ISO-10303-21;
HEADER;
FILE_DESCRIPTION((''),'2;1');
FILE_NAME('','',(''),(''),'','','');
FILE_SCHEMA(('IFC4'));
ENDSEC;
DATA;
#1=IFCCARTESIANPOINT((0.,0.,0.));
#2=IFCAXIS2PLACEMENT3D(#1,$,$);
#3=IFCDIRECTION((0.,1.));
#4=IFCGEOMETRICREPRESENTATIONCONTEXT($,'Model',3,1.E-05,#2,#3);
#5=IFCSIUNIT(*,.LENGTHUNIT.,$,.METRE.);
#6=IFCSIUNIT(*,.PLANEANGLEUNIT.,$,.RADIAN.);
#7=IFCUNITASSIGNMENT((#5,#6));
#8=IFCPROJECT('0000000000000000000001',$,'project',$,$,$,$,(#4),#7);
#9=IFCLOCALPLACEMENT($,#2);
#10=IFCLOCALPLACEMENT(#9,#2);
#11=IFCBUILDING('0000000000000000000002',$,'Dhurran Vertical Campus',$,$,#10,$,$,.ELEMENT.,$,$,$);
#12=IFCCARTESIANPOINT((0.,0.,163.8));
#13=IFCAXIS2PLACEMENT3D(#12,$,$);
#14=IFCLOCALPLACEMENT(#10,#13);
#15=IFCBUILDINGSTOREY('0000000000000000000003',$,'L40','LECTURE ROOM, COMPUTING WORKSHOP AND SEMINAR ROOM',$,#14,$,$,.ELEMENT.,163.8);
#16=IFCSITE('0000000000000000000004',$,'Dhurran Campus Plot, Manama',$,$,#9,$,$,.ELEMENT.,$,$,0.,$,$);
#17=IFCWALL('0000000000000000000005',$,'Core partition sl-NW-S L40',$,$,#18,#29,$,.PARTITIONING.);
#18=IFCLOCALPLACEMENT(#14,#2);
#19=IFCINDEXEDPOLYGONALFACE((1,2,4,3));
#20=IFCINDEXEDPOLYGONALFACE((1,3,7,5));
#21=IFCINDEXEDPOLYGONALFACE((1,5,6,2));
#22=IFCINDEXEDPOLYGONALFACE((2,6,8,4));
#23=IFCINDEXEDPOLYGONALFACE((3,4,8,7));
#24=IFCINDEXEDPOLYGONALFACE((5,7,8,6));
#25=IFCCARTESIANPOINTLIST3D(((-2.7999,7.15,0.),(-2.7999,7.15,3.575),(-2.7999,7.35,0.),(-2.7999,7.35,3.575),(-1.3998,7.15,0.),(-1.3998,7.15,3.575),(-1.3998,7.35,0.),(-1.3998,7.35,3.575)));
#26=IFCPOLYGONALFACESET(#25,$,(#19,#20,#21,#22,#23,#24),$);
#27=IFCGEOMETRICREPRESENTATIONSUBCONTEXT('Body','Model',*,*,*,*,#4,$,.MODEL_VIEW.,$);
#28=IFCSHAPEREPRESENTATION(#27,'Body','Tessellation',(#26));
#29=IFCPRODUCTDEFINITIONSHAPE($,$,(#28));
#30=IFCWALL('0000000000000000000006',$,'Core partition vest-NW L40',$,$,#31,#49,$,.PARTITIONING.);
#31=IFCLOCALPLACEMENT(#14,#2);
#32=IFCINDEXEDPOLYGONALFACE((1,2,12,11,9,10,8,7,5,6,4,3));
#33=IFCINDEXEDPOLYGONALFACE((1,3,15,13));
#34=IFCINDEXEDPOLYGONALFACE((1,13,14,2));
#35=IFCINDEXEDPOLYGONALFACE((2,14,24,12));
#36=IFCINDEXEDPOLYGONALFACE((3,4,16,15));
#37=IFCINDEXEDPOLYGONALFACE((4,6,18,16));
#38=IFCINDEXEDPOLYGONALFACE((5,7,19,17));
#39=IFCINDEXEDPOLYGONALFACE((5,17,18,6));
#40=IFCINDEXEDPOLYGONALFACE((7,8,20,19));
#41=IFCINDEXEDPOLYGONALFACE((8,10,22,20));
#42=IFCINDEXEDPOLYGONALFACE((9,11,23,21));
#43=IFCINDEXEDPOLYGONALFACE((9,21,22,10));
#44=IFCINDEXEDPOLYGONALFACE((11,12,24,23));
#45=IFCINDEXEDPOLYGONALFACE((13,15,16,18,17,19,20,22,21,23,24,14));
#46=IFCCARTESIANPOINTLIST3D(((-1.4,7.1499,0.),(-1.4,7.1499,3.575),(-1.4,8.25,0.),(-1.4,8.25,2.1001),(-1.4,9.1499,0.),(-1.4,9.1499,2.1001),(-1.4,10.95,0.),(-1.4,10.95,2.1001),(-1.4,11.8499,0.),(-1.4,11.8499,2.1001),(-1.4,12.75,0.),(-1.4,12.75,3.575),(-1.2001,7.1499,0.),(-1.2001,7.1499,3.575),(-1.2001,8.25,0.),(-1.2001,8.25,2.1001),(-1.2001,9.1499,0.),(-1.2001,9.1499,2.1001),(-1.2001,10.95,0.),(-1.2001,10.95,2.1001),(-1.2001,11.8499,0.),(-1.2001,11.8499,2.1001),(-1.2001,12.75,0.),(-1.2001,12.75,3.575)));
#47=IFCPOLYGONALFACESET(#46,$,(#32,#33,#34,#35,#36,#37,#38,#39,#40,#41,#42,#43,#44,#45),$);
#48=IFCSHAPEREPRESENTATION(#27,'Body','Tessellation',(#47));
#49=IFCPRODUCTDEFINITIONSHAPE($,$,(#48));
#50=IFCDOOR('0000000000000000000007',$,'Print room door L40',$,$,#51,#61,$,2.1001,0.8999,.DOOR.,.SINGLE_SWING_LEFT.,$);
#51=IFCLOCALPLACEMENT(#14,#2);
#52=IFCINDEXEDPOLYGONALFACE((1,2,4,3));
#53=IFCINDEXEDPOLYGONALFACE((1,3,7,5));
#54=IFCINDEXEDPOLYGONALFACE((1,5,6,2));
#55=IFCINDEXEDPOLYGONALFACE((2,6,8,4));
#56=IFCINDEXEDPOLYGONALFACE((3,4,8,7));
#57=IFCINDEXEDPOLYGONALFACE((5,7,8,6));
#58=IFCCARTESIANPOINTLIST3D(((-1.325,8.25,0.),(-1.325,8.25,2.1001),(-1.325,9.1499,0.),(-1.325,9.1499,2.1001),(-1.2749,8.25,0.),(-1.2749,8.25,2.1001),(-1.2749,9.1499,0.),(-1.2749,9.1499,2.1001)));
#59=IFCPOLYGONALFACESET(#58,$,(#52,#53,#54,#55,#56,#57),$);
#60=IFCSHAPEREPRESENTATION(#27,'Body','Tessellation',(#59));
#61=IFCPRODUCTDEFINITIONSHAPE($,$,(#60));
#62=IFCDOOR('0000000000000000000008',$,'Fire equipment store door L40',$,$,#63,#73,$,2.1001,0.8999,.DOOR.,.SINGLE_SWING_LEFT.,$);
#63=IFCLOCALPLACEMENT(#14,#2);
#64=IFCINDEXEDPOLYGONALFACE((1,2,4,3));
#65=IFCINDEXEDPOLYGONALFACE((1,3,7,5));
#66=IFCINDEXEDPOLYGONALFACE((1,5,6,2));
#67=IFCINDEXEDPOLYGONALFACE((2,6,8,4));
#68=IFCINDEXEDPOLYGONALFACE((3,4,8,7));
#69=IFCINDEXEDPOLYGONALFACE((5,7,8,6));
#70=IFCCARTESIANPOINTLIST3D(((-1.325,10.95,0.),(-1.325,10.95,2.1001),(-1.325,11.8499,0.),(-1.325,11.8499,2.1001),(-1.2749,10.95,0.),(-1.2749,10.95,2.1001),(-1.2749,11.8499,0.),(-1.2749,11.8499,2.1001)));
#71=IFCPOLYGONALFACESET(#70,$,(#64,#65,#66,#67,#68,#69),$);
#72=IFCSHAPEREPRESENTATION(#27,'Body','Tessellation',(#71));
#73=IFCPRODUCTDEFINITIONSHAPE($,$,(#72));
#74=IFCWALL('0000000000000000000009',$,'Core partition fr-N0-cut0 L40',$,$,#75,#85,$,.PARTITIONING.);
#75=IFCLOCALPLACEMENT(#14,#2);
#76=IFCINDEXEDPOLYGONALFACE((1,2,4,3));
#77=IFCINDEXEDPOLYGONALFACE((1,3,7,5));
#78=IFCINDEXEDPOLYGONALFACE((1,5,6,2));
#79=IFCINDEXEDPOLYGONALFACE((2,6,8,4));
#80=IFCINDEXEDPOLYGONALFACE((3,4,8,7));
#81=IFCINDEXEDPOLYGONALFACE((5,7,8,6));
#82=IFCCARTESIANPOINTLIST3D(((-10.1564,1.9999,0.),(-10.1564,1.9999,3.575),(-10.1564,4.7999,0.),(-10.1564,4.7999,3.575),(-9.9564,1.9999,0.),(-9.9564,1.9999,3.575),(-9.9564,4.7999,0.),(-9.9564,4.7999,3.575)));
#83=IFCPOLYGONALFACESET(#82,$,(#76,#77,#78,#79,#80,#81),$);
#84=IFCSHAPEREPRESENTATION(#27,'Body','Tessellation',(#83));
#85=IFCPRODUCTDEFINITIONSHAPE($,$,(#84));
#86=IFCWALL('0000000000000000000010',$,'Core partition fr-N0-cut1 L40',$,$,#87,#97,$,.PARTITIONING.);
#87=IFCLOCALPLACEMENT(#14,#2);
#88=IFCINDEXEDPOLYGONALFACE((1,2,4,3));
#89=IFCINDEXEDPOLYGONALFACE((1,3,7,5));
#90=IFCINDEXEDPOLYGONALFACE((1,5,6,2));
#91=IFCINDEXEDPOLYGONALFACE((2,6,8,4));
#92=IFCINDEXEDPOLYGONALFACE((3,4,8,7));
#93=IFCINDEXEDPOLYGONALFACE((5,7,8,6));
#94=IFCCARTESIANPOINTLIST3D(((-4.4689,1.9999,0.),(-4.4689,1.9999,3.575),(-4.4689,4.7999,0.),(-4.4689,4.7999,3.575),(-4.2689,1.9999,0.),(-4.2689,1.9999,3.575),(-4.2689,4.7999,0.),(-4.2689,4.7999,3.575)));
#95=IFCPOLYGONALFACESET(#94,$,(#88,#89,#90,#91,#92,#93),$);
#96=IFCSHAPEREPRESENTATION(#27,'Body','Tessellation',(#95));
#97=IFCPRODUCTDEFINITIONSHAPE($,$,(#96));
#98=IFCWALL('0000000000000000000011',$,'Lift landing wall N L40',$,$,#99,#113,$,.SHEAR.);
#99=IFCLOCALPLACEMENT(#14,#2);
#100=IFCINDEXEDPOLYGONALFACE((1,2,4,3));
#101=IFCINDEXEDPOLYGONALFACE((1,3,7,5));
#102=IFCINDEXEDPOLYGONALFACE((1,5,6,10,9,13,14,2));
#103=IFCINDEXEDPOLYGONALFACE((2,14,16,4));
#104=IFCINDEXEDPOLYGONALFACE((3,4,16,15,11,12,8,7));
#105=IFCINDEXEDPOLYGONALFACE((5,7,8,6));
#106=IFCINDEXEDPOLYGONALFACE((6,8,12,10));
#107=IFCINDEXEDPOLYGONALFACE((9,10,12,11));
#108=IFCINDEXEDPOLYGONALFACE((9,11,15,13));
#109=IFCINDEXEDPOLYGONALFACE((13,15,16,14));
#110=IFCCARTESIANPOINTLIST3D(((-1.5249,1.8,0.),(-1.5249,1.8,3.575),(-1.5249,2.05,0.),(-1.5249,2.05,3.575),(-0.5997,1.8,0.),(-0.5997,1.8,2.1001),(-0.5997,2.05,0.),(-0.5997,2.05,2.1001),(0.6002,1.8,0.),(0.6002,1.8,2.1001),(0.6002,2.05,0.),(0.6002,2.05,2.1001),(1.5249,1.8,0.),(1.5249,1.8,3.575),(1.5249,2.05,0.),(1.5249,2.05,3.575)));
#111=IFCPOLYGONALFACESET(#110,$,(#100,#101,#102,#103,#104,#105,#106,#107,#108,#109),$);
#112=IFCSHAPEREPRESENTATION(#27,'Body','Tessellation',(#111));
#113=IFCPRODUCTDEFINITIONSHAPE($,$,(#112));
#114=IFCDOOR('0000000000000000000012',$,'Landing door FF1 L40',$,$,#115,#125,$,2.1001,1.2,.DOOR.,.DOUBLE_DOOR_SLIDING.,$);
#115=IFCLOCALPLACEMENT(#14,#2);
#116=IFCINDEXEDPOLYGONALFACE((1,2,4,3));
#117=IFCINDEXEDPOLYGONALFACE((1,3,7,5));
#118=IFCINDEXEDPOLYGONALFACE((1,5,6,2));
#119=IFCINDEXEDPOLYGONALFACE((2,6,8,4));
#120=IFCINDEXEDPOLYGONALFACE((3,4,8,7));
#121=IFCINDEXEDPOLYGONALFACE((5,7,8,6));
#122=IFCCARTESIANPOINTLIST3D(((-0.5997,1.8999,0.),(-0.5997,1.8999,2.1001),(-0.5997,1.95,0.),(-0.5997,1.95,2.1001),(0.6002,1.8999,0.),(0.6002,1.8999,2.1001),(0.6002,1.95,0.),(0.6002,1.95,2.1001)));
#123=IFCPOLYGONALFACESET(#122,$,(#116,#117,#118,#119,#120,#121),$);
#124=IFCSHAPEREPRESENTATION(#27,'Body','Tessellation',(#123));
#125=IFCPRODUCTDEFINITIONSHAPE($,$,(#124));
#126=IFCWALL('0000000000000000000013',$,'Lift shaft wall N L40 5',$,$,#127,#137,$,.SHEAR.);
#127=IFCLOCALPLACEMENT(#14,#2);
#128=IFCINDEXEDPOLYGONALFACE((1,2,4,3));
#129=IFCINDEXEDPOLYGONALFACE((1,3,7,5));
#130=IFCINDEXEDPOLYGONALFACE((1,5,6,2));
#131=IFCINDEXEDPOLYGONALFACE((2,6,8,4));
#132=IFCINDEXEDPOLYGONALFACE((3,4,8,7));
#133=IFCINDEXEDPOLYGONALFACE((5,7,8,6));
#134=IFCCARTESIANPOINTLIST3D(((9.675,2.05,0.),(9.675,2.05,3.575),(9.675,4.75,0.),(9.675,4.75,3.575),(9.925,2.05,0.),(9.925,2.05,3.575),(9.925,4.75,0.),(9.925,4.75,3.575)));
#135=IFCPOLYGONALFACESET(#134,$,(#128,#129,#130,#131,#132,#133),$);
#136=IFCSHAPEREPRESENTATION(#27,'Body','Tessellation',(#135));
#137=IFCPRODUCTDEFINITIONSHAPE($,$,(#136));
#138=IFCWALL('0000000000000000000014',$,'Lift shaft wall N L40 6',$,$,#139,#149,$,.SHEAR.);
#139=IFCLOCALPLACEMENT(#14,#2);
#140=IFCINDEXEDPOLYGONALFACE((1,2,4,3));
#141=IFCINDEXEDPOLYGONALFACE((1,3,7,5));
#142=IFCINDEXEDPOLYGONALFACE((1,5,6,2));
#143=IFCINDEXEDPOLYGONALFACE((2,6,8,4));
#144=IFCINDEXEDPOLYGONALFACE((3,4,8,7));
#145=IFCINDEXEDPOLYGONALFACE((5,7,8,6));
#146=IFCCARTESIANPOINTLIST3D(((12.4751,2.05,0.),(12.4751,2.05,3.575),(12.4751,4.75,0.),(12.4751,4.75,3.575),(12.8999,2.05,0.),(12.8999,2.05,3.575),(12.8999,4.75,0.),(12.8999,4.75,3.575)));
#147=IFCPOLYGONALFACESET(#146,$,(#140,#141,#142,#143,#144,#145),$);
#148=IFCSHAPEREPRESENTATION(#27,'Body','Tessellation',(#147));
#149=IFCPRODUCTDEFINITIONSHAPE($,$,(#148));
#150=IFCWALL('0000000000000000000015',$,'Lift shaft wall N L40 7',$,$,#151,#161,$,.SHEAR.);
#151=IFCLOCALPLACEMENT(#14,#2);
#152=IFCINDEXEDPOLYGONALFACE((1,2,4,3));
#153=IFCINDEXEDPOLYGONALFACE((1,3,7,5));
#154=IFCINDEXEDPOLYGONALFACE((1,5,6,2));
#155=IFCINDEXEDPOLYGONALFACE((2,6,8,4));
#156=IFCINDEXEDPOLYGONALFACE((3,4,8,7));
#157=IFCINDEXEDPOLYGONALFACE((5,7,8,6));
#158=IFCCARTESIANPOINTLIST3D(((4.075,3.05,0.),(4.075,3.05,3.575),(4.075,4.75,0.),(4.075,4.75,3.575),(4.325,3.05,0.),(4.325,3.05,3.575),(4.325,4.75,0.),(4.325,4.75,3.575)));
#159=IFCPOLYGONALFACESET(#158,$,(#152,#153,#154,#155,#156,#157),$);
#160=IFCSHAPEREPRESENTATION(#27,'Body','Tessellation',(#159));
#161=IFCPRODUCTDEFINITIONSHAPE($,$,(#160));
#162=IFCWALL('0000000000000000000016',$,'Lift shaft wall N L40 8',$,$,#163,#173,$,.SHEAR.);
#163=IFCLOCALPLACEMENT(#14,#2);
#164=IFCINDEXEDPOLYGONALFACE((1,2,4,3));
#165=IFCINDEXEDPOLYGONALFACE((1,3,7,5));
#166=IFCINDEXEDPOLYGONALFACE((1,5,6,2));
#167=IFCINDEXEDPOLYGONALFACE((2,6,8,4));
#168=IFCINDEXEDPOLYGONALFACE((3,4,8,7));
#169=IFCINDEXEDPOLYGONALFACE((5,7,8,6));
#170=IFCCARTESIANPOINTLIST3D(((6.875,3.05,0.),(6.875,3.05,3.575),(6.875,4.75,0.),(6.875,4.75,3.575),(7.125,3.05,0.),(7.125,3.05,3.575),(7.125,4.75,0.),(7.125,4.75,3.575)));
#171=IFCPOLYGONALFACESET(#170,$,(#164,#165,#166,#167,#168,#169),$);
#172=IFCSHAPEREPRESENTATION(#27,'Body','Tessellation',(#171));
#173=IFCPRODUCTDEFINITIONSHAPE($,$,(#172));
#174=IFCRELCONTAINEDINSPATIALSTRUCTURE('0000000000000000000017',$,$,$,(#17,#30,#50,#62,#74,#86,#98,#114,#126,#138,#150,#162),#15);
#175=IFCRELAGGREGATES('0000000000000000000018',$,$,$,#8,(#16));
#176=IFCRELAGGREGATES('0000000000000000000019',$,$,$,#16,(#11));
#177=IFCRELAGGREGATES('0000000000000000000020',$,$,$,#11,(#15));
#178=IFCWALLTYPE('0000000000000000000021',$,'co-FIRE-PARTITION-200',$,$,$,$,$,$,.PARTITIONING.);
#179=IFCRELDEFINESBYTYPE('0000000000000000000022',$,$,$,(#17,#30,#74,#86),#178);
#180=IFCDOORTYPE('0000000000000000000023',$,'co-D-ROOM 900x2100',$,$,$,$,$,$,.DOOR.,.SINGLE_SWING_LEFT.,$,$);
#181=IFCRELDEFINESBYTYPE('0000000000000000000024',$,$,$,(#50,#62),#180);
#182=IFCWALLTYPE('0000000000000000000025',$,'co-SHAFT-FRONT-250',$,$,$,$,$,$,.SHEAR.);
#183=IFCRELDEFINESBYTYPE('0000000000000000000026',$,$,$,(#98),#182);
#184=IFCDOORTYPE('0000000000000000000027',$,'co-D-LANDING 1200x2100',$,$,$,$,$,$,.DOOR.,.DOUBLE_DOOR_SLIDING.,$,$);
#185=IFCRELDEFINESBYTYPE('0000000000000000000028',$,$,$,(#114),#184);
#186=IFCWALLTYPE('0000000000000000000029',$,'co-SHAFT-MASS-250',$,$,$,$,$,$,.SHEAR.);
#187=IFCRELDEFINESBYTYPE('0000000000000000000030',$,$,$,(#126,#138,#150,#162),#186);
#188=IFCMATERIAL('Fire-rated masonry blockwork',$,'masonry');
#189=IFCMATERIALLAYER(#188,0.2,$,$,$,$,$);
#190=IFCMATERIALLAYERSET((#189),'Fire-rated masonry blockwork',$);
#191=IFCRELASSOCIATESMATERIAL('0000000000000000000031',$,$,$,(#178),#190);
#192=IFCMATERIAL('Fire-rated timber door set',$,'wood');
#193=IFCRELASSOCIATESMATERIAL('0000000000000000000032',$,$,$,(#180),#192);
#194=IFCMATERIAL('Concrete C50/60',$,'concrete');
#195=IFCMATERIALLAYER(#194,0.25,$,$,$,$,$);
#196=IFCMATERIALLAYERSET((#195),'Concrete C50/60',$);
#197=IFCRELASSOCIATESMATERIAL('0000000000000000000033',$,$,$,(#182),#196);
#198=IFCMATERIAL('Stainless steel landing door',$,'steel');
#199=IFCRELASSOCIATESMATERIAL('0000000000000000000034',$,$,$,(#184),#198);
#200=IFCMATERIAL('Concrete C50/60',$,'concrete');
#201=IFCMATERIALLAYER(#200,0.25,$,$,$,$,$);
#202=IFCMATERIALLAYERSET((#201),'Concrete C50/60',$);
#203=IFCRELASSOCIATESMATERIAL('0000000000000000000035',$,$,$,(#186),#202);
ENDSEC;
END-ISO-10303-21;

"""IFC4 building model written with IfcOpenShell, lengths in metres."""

from ifc_helpers import new_model, si_unit, direction, frame, frame_2d, origin, place, context, subcontext, project, spatial, polyline, rectangle, outline, extrude, material, layer, layer_set, type_object, element, fill, save


model = new_model("IFC4")

# Units and contexts
model_context = context("Model", 3, precision=1e-05, world=origin(), true_north=direction((0.0, 1.0)))
body_context = subcontext(model_context, "Body", "Model", "MODEL_VIEW")
ifc_project = project(units=[si_unit("LENGTHUNIT", "METRE"), si_unit("PLANEANGLEUNIT", "RADIAN")], contexts=[model_context])

# Site, building, storey
site_placement = place(None, origin())
site = spatial("IfcSite", under=ifc_project, at=site_placement, Name="Dhurran Campus Plot, Manama", CompositionType="ELEMENT", RefElevation=0.0)
building_placement = place(site_placement, origin())
building = spatial("IfcBuilding", under=site, at=building_placement, Name="Dhurran Vertical Campus", CompositionType="ELEMENT")
storey_placement = place(building_placement, frame((0.0, 0.0, 163.8)))
storey = spatial("IfcBuildingStorey", under=building, at=storey_placement, Name="L40", Description="LECTURE ROOM, COMPUTING WORKSHOP AND SEMINAR ROOM", CompositionType="ELEMENT", Elevation=163.8)

# Wall
ifc_material_1 = material(Name="Fire-rated masonry blockwork", Category="masonry")
ifc_layer_1 = layer(ifc_material_1, 0.2)
ifc_layer_set_1 = layer_set([ifc_layer_1], Name="Fire-rated masonry blockwork")
wall_type_1 = type_object("IfcWallType", Name="co-FIRE-PARTITION-200", PredefinedType="PARTITIONING", material=ifc_layer_set_1)
wall_1_placement = place(storey_placement, frame((-2.8, 7.25, 0.0), z_axis=(0.0, 0.0, 1.0), x_axis=(1.0, 0.0, 0.0)))
element("IfcWall", 1, at=wall_1_placement, inside=storey, type_object=wall_type_1, Name="Core partition sl-NW-S L40", PredefinedType="PARTITIONING", context=body_context, shape_type="SweptSolid", body=[
    extrude(rectangle(XDim=1.4001, YDim=0.2, at=frame_2d((0.7002, 0.0))), origin(), (0.0, 0.0, 1.0), 3.575),
])

# Wall, openings, doors
wall_2_placement = place(storey_placement, frame((-1.3, 7.1499, 0.0), z_axis=(0.0, 0.0, 1.0), x_axis=(0.0, 1.0, 0.0)))
wall_2 = element("IfcWall", 2, at=wall_2_placement, inside=storey, type_object=wall_type_1, Name="Core partition vest-NW L40", PredefinedType="PARTITIONING", context=body_context, shape_type="SweptSolid", body=[
    extrude(rectangle(XDim=5.6001, YDim=0.2, at=frame_2d((2.8, 0.0))), origin(), (0.0, 0.0, 1.0), 3.575),
])
opening_1_placement = place(wall_2_placement, frame((1.1001, 0.0, 0.0)))
opening_1 = element("IfcOpeningElement", 3, at=opening_1_placement, cuts=wall_2, PredefinedType="OPENING", context=body_context, shape_type="SweptSolid", body=[
    extrude(rectangle(XDim=0.8999, YDim=2.1001, at=frame_2d((0.45, 1.05))), frame((0.0, 0.1099, 0.0), z_axis=(0.0, -1.0, 0.0), x_axis=(1.0, 0.0, 0.0)), (0.0, 0.0, 1.0), 0.22),
])
opening_2_placement = place(wall_2_placement, frame((3.8, 0.0, 0.0)))
opening_2 = element("IfcOpeningElement", 4, at=opening_2_placement, cuts=wall_2, PredefinedType="OPENING", context=body_context, shape_type="SweptSolid", body=[
    extrude(rectangle(XDim=0.8999, YDim=2.1001, at=frame_2d((0.45, 1.05))), frame((0.0, 0.1099, 0.0), z_axis=(0.0, -1.0, 0.0), x_axis=(1.0, 0.0, 0.0)), (0.0, 0.0, 1.0), 0.22),
])
ifc_material_2 = material(Name="Fire-rated timber door set", Category="wood")
door_type_1 = type_object("IfcDoorType", Name="co-D-ROOM 900x2100", OperationType="SINGLE_SWING_LEFT", PredefinedType="DOOR", material=ifc_material_2)
door_1_placement = place(opening_1_placement, origin())
door_1 = element("IfcDoor", 5, at=door_1_placement, inside=storey, type_object=door_type_1, Name="Print room door L40", OperationType="SINGLE_SWING_LEFT", OverallHeight=2.1001, OverallWidth=0.8999, PredefinedType="DOOR", context=body_context, shape_type="SweptSolid", body=[
    extrude(rectangle(XDim=0.8999, YDim=2.1001, at=frame_2d((0.45, 1.05))), frame((0.0, 0.0249, 0.0), z_axis=(0.0, -1.0, 0.0), x_axis=(1.0, 0.0, 0.0)), (0.0, 0.0, 1.0), 0.05),
])
fill(opening_1, door_1)
door_2_placement = place(opening_2_placement, origin())
door_2 = element("IfcDoor", 6, at=door_2_placement, inside=storey, type_object=door_type_1, Name="Fire equipment store door L40", OperationType="SINGLE_SWING_LEFT", OverallHeight=2.1001, OverallWidth=0.8999, PredefinedType="DOOR", context=body_context, shape_type="SweptSolid", body=[
    extrude(rectangle(XDim=0.8999, YDim=2.1001, at=frame_2d((0.45, 1.05))), frame((0.0, 0.0249, 0.0), z_axis=(0.0, -1.0, 0.0), x_axis=(1.0, 0.0, 0.0)), (0.0, 0.0, 1.0), 0.05),
])
fill(opening_2, door_2)

# Walls
for number, where, z_axis, x_axis, name in (
    (7, (-10.0564, 2.0, 0.0), (0.0, 0.0, 1.0), (0.0, 1.0, 0.0), "Core partition fr-N0-cut0 L40"),
    (8, (-4.3689, 2.0, 0.0), (0.0, 0.0, 1.0), (0.0, 1.0, 0.0), "Core partition fr-N0-cut1 L40"),
):
    element("IfcWall", number, at=place(storey_placement, frame(where, z_axis=z_axis, x_axis=x_axis)), inside=storey, type_object=wall_type_1, Name=name, PredefinedType="PARTITIONING", context=body_context, shape_type="SweptSolid", body=[
        extrude(rectangle(XDim=2.8, YDim=0.2, at=frame_2d((1.3999, 0.0))), origin(), (0.0, 0.0, 1.0), 3.575),
    ])

# Wall, opening, door
ifc_material_3 = material(Name="Concrete C50/60", Category="concrete")
ifc_layer_2 = layer(ifc_material_3, 0.25)
ifc_layer_set_2 = layer_set([ifc_layer_2], Name="Concrete C50/60")
wall_type_2 = type_object("IfcWallType", Name="co-SHAFT-FRONT-250", PredefinedType="SHEAR", material=ifc_layer_set_2)
wall_3_placement = place(storey_placement, frame((-1.5249, 1.925, 0.0), z_axis=(0.0, 0.0, 1.0), x_axis=(1.0, 0.0, 0.0)))
wall_3 = element("IfcWall", 9, at=wall_3_placement, inside=storey, type_object=wall_type_2, Name="Lift landing wall N L40", PredefinedType="SHEAR", context=body_context, shape_type="SweptSolid", body=[
    extrude(rectangle(XDim=3.0498, YDim=0.25, at=frame_2d((1.5249, 0.0))), origin(), (0.0, 0.0, 1.0), 3.575),
])
opening_3_placement = place(wall_3_placement, frame((0.925, 0.0, 0.0)))
opening_3 = element("IfcOpeningElement", 10, at=opening_3_placement, cuts=wall_3, PredefinedType="OPENING", context=body_context, shape_type="SweptSolid", body=[
    extrude(rectangle(XDim=1.2, YDim=2.1001, at=frame_2d((0.6001, 1.05))), frame((0.0, 0.135, 0.0), z_axis=(0.0, -1.0, 0.0), x_axis=(1.0, 0.0, 0.0)), (0.0, 0.0, 1.0), 0.27),
])
ifc_material_4 = material(Name="Stainless steel landing door", Category="steel")
door_type_2 = type_object("IfcDoorType", Name="co-D-LANDING 1200x2100", OperationType="DOUBLE_DOOR_SLIDING", PredefinedType="DOOR", material=ifc_material_4)
door_3_placement = place(opening_3_placement, origin())
door_3 = element("IfcDoor", 11, at=door_3_placement, inside=storey, type_object=door_type_2, Name="Landing door FF1 L40", OperationType="DOUBLE_DOOR_SLIDING", OverallHeight=2.1001, OverallWidth=1.2, PredefinedType="DOOR", context=body_context, shape_type="SweptSolid", body=[
    extrude(rectangle(XDim=1.2, YDim=2.1001, at=frame_2d((0.6001, 1.05))), frame((0.0, 0.0249, 0.0), z_axis=(0.0, -1.0, 0.0), x_axis=(1.0, 0.0, 0.0)), (0.0, 0.0, 1.0), 0.05),
])
fill(opening_3, door_3)

# Walls
ifc_material_5 = material(Name="Concrete C50/60", Category="concrete")
ifc_layer_3 = layer(ifc_material_5, 0.25)
ifc_layer_set_3 = layer_set([ifc_layer_3], Name="Concrete C50/60")
wall_type_3 = type_object("IfcWallType", Name="co-SHAFT-MASS-250", PredefinedType="SHEAR", material=ifc_layer_set_3)
wall_4_placement = place(storey_placement, origin())
element("IfcWall", 12, at=wall_4_placement, inside=storey, type_object=wall_type_3, Name="Lift shaft wall N L40 5", PredefinedType="SHEAR", context=body_context, shape_type="SweptSolid", body=[
    extrude(outline(polyline([(9.675, 2.05), (9.925, 2.05), (9.925, 4.75), (9.675, 4.75), (9.675, 2.05)])), origin(), (0.0, 0.0, 1.0), 3.575),
])
wall_5_placement = place(storey_placement, origin())
element("IfcWall", 13, at=wall_5_placement, inside=storey, type_object=wall_type_3, Name="Lift shaft wall N L40 6", PredefinedType="SHEAR", context=body_context, shape_type="SweptSolid", body=[
    extrude(outline(polyline([(12.4751, 2.05), (12.8999, 2.05), (12.8999, 4.75), (12.4751, 4.75), (12.4751, 2.05)])), origin(), (0.0, 0.0, 1.0), 3.575),
])
wall_6_placement = place(storey_placement, origin())
element("IfcWall", 14, at=wall_6_placement, inside=storey, type_object=wall_type_3, Name="Lift shaft wall N L40 7", PredefinedType="SHEAR", context=body_context, shape_type="SweptSolid", body=[
    extrude(outline(polyline([(4.075, 3.05), (4.325, 3.05), (4.325, 4.75), (4.075, 4.75), (4.075, 3.05)])), origin(), (0.0, 0.0, 1.0), 3.575),
])
wall_7_placement = place(storey_placement, origin())
element("IfcWall", 15, at=wall_7_placement, inside=storey, type_object=wall_type_3, Name="Lift shaft wall N L40 8", PredefinedType="SHEAR", context=body_context, shape_type="SweptSolid", body=[
    extrude(outline(polyline([(6.875, 3.05), (7.125, 3.05), (7.125, 4.75), (6.875, 4.75), (6.875, 3.05)])), origin(), (0.0, 0.0, 1.0), 3.575),
])

save(model, "model.ifc")
